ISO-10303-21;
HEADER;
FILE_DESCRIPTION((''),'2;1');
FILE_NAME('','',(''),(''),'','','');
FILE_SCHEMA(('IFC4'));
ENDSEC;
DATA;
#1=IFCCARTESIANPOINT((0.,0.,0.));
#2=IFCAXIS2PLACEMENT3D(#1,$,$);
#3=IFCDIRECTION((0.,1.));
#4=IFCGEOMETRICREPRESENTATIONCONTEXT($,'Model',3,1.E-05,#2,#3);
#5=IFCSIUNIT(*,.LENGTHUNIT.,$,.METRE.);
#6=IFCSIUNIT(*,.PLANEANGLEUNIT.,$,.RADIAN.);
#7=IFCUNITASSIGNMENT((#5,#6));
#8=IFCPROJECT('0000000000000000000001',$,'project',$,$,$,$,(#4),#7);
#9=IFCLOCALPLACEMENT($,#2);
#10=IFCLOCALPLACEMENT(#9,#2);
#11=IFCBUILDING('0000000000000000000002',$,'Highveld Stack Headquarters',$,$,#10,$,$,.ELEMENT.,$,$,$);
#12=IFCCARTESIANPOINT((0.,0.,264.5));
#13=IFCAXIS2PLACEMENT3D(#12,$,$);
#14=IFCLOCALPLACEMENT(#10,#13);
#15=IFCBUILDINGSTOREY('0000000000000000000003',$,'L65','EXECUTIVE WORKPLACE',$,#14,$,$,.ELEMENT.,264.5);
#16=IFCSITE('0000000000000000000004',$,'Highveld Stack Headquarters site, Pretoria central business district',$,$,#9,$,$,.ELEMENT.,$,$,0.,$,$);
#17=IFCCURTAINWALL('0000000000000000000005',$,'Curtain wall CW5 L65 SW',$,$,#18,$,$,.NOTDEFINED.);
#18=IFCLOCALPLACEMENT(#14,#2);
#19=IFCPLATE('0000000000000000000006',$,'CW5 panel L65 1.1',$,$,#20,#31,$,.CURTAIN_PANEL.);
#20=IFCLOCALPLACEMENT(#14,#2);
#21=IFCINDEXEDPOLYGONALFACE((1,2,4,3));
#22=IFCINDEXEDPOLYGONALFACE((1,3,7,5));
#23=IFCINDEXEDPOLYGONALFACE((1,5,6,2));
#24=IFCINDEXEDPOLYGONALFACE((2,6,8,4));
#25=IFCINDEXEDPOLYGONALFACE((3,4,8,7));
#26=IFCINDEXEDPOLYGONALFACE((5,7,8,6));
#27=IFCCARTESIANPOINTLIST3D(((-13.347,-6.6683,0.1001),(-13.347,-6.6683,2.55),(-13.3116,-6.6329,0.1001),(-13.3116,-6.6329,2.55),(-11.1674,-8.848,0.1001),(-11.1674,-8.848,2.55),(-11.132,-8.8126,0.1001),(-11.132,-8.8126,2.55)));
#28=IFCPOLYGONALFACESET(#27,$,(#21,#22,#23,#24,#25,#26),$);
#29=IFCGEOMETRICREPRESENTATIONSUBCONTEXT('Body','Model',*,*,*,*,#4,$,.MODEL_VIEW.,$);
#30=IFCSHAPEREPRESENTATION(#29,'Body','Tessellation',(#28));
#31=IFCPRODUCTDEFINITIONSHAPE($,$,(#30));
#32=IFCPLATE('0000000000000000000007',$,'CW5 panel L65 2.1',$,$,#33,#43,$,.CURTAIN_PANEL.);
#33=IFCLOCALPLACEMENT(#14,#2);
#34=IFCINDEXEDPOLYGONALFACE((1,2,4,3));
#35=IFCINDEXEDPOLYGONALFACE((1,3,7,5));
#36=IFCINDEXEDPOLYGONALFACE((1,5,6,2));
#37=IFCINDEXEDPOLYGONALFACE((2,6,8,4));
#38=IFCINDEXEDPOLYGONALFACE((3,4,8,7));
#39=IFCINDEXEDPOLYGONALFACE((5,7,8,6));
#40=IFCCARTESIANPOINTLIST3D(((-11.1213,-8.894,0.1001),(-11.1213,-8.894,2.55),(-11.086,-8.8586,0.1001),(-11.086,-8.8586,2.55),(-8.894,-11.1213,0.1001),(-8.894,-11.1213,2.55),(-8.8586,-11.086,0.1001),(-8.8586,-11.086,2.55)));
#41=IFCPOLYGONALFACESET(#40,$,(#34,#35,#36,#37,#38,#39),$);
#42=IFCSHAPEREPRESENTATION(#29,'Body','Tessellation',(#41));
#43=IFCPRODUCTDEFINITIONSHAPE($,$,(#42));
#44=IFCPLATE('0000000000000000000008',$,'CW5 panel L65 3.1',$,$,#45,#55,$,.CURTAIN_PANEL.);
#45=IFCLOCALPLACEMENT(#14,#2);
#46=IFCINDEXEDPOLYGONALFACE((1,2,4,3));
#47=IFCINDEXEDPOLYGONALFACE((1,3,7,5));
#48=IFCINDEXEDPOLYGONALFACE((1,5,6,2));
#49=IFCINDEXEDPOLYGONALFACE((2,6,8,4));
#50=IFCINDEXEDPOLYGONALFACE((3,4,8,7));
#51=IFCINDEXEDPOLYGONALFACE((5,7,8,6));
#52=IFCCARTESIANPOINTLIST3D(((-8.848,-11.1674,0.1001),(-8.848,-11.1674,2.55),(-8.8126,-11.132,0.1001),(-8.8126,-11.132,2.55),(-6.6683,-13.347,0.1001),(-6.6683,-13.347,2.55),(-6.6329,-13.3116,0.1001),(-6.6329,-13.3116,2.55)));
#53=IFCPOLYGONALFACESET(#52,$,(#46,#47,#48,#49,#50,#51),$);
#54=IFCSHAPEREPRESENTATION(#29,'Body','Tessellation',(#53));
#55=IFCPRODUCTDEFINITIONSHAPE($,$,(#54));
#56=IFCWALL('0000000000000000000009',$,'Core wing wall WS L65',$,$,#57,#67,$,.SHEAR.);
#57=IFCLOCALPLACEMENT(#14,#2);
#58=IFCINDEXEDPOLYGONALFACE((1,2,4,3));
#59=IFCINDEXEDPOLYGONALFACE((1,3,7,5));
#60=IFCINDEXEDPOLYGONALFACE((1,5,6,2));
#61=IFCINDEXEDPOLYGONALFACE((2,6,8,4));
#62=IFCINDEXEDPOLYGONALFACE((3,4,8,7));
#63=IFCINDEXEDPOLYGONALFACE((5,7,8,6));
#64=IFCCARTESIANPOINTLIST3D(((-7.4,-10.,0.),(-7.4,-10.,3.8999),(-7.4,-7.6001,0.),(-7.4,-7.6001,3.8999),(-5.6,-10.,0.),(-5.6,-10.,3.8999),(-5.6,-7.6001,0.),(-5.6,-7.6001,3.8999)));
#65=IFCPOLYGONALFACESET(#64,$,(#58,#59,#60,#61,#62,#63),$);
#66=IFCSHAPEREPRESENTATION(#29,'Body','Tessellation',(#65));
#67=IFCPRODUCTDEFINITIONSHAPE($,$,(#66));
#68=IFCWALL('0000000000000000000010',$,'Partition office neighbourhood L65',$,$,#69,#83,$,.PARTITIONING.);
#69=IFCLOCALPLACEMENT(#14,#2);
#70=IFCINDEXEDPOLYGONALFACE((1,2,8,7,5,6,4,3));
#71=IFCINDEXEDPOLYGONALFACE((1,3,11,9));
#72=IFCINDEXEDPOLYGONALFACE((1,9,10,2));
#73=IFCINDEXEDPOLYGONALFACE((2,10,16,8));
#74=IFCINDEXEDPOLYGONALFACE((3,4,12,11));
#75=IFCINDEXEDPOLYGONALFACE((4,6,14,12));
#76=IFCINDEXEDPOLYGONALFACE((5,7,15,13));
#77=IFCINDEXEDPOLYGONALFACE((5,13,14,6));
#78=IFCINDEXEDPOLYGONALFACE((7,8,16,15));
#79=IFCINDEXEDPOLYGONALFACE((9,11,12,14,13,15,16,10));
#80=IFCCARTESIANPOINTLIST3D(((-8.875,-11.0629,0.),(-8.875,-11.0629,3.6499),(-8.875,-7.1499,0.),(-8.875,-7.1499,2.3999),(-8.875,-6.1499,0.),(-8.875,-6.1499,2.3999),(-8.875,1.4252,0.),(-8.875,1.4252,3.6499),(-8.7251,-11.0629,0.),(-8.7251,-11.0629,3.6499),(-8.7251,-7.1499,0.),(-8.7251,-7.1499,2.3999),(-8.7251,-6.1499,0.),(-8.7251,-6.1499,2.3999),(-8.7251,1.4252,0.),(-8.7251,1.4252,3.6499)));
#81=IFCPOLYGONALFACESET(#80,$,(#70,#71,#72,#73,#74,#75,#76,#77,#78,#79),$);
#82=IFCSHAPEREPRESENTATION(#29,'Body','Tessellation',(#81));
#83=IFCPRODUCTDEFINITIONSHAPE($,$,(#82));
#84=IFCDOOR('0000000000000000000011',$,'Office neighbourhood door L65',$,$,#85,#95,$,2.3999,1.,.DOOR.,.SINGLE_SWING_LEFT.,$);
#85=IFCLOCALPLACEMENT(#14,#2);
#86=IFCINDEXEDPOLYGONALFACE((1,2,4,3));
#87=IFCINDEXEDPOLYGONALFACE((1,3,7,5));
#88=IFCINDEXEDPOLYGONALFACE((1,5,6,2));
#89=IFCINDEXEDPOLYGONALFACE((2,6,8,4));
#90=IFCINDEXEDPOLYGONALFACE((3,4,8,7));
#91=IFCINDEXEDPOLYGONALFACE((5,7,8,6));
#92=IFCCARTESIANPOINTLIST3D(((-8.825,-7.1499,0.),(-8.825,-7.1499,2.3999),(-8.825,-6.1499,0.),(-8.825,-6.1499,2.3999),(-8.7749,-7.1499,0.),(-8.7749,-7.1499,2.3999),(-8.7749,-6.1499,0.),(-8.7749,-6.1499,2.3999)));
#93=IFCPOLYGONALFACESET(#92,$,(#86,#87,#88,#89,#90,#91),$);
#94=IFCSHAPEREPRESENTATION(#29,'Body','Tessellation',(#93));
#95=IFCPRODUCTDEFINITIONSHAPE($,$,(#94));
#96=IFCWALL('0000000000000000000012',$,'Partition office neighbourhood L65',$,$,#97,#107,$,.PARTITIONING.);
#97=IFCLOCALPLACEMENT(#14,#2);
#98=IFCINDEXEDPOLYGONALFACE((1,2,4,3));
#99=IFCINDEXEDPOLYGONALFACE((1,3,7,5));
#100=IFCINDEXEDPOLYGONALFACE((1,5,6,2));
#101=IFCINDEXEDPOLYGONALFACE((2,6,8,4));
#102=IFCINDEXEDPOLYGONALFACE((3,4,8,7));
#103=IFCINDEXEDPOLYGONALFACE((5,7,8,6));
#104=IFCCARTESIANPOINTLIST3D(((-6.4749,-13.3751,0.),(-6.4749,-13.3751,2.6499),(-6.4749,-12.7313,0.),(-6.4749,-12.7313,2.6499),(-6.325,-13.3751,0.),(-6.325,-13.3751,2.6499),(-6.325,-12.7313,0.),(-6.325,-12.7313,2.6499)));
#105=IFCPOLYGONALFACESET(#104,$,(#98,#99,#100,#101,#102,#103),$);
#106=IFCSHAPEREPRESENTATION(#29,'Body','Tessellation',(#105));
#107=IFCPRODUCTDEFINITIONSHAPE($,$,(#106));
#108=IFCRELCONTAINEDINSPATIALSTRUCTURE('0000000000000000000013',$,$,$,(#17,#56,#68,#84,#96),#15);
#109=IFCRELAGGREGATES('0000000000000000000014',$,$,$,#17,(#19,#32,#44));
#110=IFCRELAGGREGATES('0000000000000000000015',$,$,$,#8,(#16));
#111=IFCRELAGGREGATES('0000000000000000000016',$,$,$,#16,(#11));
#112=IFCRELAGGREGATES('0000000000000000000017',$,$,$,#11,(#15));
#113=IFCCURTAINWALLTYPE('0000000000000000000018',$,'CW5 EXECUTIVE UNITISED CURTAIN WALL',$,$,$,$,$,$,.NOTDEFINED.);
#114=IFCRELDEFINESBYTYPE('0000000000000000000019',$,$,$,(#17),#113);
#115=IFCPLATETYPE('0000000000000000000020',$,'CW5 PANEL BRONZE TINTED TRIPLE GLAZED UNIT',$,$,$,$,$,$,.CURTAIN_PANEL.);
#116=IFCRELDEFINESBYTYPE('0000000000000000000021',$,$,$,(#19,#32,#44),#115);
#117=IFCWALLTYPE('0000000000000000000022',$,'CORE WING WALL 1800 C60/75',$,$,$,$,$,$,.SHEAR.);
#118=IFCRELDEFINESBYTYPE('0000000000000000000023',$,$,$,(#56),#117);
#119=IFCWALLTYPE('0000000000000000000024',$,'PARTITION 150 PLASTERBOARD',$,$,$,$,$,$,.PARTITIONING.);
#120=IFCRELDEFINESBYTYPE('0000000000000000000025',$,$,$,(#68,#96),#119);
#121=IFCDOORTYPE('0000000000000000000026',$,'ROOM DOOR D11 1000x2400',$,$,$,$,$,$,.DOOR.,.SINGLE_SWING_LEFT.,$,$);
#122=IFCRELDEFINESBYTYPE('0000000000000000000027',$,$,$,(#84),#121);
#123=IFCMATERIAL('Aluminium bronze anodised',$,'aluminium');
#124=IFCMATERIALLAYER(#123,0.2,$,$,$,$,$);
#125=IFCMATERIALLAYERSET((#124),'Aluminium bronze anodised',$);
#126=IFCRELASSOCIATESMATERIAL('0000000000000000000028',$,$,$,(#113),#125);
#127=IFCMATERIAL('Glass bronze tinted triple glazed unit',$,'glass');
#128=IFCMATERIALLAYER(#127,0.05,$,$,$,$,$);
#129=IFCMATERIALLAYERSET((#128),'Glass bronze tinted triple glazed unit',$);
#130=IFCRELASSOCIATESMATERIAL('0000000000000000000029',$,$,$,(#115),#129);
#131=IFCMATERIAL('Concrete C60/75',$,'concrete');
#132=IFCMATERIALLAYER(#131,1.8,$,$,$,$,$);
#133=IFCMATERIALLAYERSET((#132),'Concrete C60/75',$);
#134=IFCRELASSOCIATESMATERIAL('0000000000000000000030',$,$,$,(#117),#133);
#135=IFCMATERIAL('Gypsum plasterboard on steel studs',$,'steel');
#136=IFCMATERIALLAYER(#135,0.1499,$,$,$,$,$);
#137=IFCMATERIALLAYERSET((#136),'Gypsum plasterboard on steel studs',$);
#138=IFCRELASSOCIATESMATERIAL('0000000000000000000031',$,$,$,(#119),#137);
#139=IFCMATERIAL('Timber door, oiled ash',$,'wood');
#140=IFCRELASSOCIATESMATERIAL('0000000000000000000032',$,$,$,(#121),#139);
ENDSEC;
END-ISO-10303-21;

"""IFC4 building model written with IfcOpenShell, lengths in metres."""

from ifc_helpers import new_model, si_unit, direction, frame, frame_2d, origin, origin_2d, place, context, subcontext, project, spatial, rectangle, extrude, material, layer, layer_set, type_object, element, fill, aggregate, save


model = new_model("IFC4")

# Units and contexts
model_context = context("Model", 3, precision=1e-05, world=origin(), true_north=direction((0.0, 1.0)))
body_context = subcontext(model_context, "Body", "Model", "MODEL_VIEW")
ifc_project = project(units=[si_unit("LENGTHUNIT", "METRE"), si_unit("PLANEANGLEUNIT", "RADIAN")], contexts=[model_context])

# Site, building, storey
site_placement = place(None, origin())
site = spatial("IfcSite", under=ifc_project, at=site_placement, Name="Highveld Stack Headquarters site, Pretoria central business district", CompositionType="ELEMENT", RefElevation=0.0)
building_placement = place(site_placement, origin())
building = spatial("IfcBuilding", under=site, at=building_placement, Name="Highveld Stack Headquarters", CompositionType="ELEMENT")
storey_placement = place(building_placement, frame((0.0, 0.0, 264.5)))
storey = spatial("IfcBuildingStorey", under=building, at=storey_placement, Name="L65", Description="EXECUTIVE WORKPLACE", CompositionType="ELEMENT", Elevation=264.5)

# Shared definitions
ifc_material_1 = material(Name="Aluminium bronze anodised", Category="aluminium")
ifc_layer_1 = layer(ifc_material_1, 0.2)
ifc_layer_set_1 = layer_set([ifc_layer_1], Name="Aluminium bronze anodised")
curtain_wall_type = type_object("IfcCurtainWallType", Name="CW5 EXECUTIVE UNITISED CURTAIN WALL", PredefinedType="NOTDEFINED", material=ifc_layer_set_1)

# Curtain wall
curtain_wall_1_placement = place(storey_placement, origin())
curtain_wall_1 = element("IfcCurtainWall", 1, at=curtain_wall_1_placement, inside=storey, type_object=curtain_wall_type, Name="Curtain wall CW5 L65 SW", PredefinedType="NOTDEFINED")

# Plates
ifc_material_2 = material(Name="Glass bronze tinted triple glazed unit", Category="glass")
ifc_layer_2 = layer(ifc_material_2, 0.05)
ifc_layer_set_2 = layer_set([ifc_layer_2], Name="Glass bronze tinted triple glazed unit")
plate_type = type_object("IfcPlateType", Name="CW5 PANEL BRONZE TINTED TRIPLE GLAZED UNIT", PredefinedType="CURTAIN_PANEL", material=ifc_layer_set_2)
plate_1_placement = place(storey_placement, frame((-12.2395, -7.7405, 0.1001), z_axis=(0.0, 0.0, 1.0), x_axis=(0.707107, -0.707107, 0.0)))
plate_1 = element("IfcPlate", 2, at=plate_1_placement, type_object=plate_type, Name="CW5 panel L65 1.1", PredefinedType="CURTAIN_PANEL", context=body_context, shape_type="SweptSolid", body=[
    extrude(rectangle(XDim=3.0825, YDim=0.05, at=origin_2d()), origin(), (0.0, 0.0, 1.0), 2.45),
])
plate_2_placement = place(storey_placement, frame((-9.99, -9.99, 0.1001), z_axis=(0.0, 0.0, 1.0), x_axis=(0.707107, -0.707107, 0.0)))
plate_2 = element("IfcPlate", 3, at=plate_2_placement, type_object=plate_type, Name="CW5 panel L65 2.1", PredefinedType="CURTAIN_PANEL", context=body_context, shape_type="SweptSolid", body=[
    extrude(rectangle(XDim=3.1499, YDim=0.05, at=origin_2d()), origin(), (0.0, 0.0, 1.0), 2.45),
])
plate_3_placement = place(storey_placement, frame((-7.7405, -12.2395, 0.1001), z_axis=(0.0, 0.0, 1.0), x_axis=(0.707107, -0.707107, 0.0)))
plate_3 = element("IfcPlate", 4, at=plate_3_placement, type_object=plate_type, Name="CW5 panel L65 3.1", PredefinedType="CURTAIN_PANEL", context=body_context, shape_type="SweptSolid", body=[
    extrude(rectangle(XDim=3.0825, YDim=0.05, at=origin_2d()), origin(), (0.0, 0.0, 1.0), 2.45),
])
aggregate(curtain_wall_1, [plate_1, plate_2, plate_3])

# Wall
ifc_material_3 = material(Name="Concrete C60/75", Category="concrete")
ifc_layer_3 = layer(ifc_material_3, 1.8)
ifc_layer_set_3 = layer_set([ifc_layer_3], Name="Concrete C60/75")
wall_type_1 = type_object("IfcWallType", Name="CORE WING WALL 1800 C60/75", PredefinedType="SHEAR", material=ifc_layer_set_3)
wall_1_placement = place(storey_placement, frame((-6.5, -10.0, 0.0), z_axis=(0.0, 0.0, 1.0), x_axis=(0.0, 1.0, 0.0)))
element("IfcWall", 5, at=wall_1_placement, inside=storey, type_object=wall_type_1, Name="Core wing wall WS L65", PredefinedType="SHEAR", context=body_context, shape_type="SweptSolid", body=[
    extrude(rectangle(XDim=2.3999, YDim=1.8, at=frame_2d((1.2, 0.0))), origin(), (0.0, 0.0, 1.0), 3.8999),
])

# Wall, opening, door
ifc_material_4 = material(Name="Gypsum plasterboard on steel studs", Category="steel")
ifc_layer_4 = layer(ifc_material_4, 0.1499)
ifc_layer_set_4 = layer_set([ifc_layer_4], Name="Gypsum plasterboard on steel studs")
wall_type_2 = type_object("IfcWallType", Name="PARTITION 150 PLASTERBOARD", PredefinedType="PARTITIONING", material=ifc_layer_set_4)
wall_2_placement = place(storey_placement, frame((-8.8, -11.063, 0.0), z_axis=(0.0, 0.0, 1.0), x_axis=(0.0, 1.0, 0.0)))
wall_2 = element("IfcWall", 6, at=wall_2_placement, inside=storey, type_object=wall_type_2, Name="Partition office neighbourhood L65", PredefinedType="PARTITIONING", context=body_context, shape_type="SweptSolid", body=[
    extrude(rectangle(XDim=12.488, YDim=0.1499, at=frame_2d((6.2441, 0.0))), origin(), (0.0, 0.0, 1.0), 3.6499),
])
opening_1_placement = place(wall_2_placement, frame((3.9131, 0.0, 0.0)))
opening_1 = element("IfcOpeningElement", 7, at=opening_1_placement, cuts=wall_2, PredefinedType="OPENING", context=body_context, shape_type="SweptSolid", body=[
    extrude(rectangle(XDim=1.0, YDim=2.3999, at=frame_2d((0.5, 1.2))), frame((0.0, 0.085, 0.0), z_axis=(0.0, -1.0, 0.0), x_axis=(1.0, 0.0, 0.0)), (0.0, 0.0, 1.0), 0.1699),
])
ifc_material_5 = material(Name="Timber door, oiled ash", Category="wood")
door_type_1 = type_object("IfcDoorType", Name="ROOM DOOR D11 1000x2400", OperationType="SINGLE_SWING_LEFT", PredefinedType="DOOR", material=ifc_material_5)
door_1_placement = place(opening_1_placement, origin())
door_1 = element("IfcDoor", 8, at=door_1_placement, inside=storey, type_object=door_type_1, Name="Office neighbourhood door L65", OperationType="SINGLE_SWING_LEFT", OverallHeight=2.3999, OverallWidth=1.0, PredefinedType="DOOR", context=body_context, shape_type="SweptSolid", body=[
    extrude(rectangle(XDim=1.0, YDim=2.3999, at=frame_2d((0.5, 1.2))), frame((0.0, 0.0249, 0.0), z_axis=(0.0, -1.0, 0.0), x_axis=(1.0, 0.0, 0.0)), (0.0, 0.0, 1.0), 0.05),
])
fill(opening_1, door_1)

# Wall
wall_3_placement = place(storey_placement, frame((-6.3999, -13.375, 0.0), z_axis=(0.0, 0.0, 1.0), x_axis=(0.0, 1.0, 0.0)))
element("IfcWall", 9, at=wall_3_placement, inside=storey, type_object=wall_type_2, Name="Partition office neighbourhood L65", PredefinedType="PARTITIONING", context=body_context, shape_type="SweptSolid", body=[
    extrude(rectangle(XDim=0.6438, YDim=0.1499, at=frame_2d((0.3218, 0.0))), origin(), (0.0, 0.0, 1.0), 2.6499),
])

save(model, "model.ifc")
